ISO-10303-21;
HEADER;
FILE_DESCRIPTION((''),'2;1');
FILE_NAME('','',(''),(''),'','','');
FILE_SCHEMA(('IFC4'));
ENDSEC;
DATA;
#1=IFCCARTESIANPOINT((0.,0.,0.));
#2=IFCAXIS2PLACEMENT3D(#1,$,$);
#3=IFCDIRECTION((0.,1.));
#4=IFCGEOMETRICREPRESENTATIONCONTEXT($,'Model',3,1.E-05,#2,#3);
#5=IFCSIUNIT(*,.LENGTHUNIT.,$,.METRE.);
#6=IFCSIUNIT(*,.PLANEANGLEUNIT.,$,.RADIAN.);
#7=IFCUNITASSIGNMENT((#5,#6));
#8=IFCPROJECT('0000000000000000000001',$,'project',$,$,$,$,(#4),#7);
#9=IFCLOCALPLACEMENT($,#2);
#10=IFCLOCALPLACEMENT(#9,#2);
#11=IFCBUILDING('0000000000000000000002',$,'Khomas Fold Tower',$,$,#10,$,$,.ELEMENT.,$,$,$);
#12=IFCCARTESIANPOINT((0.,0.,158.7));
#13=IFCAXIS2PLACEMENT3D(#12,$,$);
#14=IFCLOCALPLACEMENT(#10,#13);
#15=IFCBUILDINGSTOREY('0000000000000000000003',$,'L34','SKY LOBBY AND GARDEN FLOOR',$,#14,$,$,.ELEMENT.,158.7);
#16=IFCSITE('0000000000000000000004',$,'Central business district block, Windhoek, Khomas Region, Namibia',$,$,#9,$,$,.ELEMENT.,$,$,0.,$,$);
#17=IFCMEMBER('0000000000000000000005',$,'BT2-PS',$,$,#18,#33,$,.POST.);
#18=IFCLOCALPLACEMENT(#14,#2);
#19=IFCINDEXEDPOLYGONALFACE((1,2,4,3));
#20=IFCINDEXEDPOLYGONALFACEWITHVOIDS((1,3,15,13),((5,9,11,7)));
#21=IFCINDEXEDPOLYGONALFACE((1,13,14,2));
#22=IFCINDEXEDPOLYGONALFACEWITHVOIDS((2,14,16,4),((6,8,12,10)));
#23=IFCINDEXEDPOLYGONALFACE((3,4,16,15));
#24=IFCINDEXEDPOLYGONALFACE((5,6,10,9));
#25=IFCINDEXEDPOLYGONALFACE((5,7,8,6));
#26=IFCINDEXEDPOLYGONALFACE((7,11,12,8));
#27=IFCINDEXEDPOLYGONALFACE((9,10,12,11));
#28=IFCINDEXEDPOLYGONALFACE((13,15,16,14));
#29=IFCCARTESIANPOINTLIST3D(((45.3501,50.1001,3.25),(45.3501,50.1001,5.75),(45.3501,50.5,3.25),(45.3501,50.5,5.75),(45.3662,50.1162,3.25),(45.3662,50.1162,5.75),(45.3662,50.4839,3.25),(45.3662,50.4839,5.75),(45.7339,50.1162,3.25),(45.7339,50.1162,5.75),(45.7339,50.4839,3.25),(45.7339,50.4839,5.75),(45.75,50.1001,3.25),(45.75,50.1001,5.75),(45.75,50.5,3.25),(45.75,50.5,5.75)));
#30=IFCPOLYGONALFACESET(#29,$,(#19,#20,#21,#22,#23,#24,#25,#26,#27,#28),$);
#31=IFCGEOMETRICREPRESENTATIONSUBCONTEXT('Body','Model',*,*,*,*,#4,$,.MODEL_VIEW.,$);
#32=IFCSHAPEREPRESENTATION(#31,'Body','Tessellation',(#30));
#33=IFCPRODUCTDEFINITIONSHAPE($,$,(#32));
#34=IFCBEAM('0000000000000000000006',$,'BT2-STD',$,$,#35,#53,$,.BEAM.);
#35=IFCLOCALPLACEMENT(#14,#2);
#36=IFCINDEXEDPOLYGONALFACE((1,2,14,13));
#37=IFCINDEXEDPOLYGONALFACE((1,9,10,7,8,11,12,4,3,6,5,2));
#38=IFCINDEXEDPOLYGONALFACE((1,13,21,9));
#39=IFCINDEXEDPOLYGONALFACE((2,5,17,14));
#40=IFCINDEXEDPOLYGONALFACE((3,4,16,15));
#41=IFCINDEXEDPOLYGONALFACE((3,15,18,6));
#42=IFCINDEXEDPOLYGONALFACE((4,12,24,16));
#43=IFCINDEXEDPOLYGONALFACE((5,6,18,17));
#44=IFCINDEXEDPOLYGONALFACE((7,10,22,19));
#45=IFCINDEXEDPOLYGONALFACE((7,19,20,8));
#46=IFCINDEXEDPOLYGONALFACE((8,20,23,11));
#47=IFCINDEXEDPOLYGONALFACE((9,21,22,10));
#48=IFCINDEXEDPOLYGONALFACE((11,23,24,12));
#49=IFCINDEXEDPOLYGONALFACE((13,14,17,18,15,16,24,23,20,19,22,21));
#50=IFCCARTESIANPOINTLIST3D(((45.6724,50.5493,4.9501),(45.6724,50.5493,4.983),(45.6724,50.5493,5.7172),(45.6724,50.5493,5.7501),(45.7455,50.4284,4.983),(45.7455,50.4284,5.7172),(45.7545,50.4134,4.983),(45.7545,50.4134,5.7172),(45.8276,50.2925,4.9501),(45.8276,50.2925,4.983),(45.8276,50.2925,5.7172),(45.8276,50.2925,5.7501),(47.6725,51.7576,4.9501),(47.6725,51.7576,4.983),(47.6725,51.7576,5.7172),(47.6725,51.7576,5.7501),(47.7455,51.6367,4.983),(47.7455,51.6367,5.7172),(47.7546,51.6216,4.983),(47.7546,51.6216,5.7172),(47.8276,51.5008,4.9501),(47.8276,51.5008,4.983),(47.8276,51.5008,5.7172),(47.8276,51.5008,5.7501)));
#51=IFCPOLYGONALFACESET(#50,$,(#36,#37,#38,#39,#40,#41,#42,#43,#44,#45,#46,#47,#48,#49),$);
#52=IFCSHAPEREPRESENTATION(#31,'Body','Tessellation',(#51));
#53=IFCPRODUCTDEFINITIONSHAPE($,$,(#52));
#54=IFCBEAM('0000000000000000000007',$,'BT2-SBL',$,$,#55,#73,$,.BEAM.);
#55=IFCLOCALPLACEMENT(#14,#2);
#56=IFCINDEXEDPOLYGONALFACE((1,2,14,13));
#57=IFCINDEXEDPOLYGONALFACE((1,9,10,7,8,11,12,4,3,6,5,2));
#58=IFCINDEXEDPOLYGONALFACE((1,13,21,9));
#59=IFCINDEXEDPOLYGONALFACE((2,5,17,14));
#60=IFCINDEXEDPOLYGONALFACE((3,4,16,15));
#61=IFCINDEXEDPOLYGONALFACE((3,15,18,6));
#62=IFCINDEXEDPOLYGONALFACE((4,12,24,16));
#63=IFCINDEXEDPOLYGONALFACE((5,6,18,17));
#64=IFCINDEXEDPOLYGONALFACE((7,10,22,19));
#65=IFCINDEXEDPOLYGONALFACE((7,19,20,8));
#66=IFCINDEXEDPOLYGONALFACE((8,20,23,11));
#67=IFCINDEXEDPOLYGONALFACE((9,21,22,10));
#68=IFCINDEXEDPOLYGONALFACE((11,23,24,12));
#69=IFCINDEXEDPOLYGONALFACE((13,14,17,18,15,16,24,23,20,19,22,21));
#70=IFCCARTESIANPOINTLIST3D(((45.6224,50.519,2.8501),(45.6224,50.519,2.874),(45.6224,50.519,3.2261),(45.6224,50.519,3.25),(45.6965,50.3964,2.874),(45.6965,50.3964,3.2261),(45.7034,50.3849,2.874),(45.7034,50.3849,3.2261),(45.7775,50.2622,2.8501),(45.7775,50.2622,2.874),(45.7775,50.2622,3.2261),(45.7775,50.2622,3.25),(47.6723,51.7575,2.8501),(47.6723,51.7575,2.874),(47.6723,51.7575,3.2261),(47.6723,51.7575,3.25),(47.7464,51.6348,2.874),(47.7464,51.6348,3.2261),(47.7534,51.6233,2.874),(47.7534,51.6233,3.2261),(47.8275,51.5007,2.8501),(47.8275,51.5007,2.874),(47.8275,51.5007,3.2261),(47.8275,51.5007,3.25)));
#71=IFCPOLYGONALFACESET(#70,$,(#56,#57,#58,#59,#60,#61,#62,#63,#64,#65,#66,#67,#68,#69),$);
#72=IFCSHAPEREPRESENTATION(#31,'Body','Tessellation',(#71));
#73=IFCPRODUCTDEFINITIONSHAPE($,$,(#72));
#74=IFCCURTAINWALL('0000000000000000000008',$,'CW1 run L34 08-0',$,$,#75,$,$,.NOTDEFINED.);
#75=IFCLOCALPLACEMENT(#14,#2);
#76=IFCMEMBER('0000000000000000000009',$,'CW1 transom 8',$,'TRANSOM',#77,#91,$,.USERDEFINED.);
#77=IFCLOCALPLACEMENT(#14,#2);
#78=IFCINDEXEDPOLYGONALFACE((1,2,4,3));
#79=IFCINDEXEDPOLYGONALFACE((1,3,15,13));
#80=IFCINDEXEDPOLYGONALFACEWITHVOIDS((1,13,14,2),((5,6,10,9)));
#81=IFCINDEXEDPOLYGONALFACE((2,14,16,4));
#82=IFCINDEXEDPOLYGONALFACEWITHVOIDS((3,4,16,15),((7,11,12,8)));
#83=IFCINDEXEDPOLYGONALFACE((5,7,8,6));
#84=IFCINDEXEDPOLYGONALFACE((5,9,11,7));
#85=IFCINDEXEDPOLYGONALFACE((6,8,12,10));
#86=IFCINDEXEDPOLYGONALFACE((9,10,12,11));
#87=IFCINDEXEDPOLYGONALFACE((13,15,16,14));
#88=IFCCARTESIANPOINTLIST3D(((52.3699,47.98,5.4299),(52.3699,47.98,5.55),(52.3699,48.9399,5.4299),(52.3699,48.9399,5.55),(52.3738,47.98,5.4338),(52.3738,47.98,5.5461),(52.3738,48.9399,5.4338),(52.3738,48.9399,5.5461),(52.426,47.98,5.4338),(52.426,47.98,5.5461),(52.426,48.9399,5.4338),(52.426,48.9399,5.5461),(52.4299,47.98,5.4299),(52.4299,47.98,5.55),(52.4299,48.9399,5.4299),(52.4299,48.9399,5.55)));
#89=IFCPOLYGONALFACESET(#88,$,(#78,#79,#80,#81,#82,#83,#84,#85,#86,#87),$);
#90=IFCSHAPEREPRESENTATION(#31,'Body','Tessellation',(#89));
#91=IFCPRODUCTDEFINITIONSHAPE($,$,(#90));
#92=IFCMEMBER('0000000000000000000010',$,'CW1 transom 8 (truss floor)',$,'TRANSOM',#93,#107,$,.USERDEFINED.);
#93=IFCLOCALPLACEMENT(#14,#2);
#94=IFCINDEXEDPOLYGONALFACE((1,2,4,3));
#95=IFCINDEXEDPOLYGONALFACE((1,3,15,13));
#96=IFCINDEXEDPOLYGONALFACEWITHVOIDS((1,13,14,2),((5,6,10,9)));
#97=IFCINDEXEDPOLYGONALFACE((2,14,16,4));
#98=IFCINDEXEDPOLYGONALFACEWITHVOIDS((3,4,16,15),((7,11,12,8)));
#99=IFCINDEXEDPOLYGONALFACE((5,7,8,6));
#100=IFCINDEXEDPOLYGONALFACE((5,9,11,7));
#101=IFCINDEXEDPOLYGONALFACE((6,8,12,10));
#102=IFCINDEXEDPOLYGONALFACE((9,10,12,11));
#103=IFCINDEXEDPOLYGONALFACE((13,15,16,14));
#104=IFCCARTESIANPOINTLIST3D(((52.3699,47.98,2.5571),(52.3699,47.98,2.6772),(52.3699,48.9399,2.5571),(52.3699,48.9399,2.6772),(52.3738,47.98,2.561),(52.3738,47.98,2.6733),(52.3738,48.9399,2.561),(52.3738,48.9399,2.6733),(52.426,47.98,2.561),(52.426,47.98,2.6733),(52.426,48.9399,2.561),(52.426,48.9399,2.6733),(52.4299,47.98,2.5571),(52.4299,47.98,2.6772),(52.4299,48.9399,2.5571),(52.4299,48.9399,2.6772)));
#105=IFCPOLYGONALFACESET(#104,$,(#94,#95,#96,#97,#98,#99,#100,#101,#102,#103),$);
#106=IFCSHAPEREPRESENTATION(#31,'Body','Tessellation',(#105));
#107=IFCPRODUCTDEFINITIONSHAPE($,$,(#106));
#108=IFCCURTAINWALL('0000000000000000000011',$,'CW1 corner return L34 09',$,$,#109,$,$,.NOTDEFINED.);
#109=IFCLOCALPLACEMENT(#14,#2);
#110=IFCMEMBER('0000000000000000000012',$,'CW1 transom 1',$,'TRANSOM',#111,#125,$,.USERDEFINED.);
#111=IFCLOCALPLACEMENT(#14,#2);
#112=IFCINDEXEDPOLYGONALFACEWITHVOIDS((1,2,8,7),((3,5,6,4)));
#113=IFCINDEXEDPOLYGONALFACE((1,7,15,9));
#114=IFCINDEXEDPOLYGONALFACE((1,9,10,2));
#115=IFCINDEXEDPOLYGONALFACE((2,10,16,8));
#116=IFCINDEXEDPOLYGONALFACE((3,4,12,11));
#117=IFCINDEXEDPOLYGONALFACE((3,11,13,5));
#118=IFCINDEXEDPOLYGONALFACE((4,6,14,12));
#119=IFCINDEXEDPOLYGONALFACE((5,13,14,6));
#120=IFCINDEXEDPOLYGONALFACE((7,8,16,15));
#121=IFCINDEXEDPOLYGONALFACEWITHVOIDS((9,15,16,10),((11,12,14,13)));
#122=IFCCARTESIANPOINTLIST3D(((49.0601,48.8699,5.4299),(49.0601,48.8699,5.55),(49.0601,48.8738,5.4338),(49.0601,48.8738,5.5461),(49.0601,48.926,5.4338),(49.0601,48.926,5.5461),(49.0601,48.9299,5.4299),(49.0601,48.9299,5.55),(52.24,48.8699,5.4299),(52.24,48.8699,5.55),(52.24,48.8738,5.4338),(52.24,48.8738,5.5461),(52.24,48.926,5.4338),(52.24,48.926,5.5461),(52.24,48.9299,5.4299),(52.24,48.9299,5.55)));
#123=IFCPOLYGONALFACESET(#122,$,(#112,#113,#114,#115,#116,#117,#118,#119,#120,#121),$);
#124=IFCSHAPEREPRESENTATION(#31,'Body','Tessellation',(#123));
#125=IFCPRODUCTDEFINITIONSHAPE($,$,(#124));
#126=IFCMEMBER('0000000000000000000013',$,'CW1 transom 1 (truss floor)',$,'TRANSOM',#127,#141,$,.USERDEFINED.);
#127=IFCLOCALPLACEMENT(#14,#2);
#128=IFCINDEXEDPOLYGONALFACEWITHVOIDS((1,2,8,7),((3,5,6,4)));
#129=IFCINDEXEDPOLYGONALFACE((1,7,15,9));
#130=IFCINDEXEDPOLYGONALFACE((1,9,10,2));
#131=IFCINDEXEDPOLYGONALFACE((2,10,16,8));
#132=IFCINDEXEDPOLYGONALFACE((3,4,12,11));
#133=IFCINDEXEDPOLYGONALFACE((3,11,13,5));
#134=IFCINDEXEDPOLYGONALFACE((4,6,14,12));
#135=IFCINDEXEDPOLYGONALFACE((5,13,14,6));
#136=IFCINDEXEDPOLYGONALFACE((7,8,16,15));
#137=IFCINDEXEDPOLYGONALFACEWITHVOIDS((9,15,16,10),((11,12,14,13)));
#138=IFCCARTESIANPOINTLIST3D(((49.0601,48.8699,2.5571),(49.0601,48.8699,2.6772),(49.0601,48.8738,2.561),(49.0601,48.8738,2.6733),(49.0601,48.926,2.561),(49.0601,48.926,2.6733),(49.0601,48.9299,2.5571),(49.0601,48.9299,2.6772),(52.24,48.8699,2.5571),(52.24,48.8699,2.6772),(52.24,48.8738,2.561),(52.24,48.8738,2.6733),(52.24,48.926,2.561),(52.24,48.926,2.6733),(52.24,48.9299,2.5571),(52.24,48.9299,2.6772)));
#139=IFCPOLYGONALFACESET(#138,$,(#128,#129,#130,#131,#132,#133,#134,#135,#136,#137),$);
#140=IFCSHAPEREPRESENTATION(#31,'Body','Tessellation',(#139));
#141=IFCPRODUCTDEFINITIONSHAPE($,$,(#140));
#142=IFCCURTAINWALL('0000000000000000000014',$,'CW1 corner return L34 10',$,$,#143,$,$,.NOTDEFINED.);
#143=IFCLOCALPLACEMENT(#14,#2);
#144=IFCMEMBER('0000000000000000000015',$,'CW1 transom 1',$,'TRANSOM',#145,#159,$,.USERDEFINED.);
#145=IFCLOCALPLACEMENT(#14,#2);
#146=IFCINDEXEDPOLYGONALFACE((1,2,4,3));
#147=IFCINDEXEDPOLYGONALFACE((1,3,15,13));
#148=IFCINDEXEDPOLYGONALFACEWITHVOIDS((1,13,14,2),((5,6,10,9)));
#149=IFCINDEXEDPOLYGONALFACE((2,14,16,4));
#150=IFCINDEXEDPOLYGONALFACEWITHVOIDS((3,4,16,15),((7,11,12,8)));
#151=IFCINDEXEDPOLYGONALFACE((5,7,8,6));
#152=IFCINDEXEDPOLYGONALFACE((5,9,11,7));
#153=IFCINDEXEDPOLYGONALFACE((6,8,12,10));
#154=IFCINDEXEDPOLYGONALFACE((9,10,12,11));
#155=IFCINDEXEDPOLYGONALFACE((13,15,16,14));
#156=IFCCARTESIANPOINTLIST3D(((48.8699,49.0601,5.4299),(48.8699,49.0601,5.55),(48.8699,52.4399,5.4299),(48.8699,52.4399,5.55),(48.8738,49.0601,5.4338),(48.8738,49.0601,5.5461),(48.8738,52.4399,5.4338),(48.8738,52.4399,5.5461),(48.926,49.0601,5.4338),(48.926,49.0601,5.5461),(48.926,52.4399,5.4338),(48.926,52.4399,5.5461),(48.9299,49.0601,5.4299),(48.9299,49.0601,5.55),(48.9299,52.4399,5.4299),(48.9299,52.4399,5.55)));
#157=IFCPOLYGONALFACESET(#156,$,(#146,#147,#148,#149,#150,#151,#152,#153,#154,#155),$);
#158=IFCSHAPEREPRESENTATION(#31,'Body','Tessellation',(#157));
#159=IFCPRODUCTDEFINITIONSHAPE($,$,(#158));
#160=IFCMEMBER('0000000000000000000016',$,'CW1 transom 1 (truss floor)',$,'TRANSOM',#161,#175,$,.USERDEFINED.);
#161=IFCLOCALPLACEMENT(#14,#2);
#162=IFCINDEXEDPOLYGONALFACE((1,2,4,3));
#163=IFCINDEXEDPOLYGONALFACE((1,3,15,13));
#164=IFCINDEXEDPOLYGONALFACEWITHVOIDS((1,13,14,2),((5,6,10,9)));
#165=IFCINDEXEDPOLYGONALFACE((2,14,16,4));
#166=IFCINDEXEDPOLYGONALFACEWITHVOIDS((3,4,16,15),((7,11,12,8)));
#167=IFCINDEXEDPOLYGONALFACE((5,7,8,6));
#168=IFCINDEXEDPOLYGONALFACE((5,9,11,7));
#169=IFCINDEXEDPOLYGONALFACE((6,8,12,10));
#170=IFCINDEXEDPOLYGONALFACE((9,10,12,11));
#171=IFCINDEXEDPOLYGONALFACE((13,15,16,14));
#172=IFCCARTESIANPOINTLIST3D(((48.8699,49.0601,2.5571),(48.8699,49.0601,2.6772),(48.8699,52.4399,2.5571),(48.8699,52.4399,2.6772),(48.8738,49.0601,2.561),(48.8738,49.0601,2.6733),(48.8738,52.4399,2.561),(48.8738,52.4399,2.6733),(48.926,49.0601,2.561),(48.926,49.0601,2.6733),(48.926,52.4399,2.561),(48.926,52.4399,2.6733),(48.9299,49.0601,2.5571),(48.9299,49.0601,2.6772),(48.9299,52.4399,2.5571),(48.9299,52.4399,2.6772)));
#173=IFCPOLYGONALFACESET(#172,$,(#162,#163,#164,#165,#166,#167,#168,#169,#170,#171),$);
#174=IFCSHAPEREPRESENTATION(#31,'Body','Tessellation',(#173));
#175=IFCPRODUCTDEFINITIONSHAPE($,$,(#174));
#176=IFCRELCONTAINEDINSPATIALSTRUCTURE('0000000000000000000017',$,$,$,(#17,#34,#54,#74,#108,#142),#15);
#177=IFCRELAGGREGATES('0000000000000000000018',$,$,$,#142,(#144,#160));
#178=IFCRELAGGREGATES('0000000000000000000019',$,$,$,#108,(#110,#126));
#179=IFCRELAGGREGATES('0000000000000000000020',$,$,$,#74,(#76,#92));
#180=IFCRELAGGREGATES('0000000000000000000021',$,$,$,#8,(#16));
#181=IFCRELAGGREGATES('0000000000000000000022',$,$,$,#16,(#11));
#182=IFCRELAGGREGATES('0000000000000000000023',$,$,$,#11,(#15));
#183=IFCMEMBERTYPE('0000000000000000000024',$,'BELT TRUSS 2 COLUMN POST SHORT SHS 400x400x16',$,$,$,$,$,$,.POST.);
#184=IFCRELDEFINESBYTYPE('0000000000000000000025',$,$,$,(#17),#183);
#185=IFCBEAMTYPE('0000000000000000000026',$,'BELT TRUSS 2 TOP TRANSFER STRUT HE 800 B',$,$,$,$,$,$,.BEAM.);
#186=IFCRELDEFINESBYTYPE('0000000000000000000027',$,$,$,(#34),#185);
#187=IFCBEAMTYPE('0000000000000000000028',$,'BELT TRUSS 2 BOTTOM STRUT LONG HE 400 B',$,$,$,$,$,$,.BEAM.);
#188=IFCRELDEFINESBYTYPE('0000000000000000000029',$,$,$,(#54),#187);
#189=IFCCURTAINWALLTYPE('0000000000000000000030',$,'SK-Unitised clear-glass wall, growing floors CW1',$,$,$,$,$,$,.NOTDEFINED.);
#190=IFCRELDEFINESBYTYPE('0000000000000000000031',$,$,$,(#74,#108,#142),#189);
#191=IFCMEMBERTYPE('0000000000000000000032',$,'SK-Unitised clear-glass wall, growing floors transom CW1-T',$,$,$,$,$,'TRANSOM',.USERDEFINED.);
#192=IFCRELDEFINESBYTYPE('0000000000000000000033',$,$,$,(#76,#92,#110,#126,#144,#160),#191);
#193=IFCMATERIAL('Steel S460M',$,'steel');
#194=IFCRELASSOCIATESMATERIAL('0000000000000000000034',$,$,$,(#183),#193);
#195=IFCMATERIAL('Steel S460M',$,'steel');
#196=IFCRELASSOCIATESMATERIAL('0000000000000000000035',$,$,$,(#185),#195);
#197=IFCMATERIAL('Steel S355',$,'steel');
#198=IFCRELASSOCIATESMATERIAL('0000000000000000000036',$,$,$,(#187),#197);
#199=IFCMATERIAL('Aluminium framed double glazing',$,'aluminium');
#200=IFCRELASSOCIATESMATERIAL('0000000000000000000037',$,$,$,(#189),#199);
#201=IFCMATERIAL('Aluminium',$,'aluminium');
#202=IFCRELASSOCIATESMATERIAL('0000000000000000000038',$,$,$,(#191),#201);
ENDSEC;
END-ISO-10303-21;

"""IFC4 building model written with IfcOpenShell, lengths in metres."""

from ifc_helpers import new_model, si_unit, direction, frame, origin, origin_2d, place, context, subcontext, project, spatial, hollow_rectangle, i_section, extrude, source, transform, mapped, material, material_profile, profile_set, type_object, element, aggregate, save


model = new_model("IFC4")

# Units and contexts
model_context = context("Model", 3, precision=1e-05, world=origin(), true_north=direction((0.0, 1.0)))
body_context = subcontext(model_context, "Body", "Model", "MODEL_VIEW")
ifc_project = project(units=[si_unit("LENGTHUNIT", "METRE"), si_unit("PLANEANGLEUNIT", "RADIAN")], contexts=[model_context])

# Site, building, storey
site_placement = place(None, origin())
site = spatial("IfcSite", under=ifc_project, at=site_placement, Name="Central business district block, Windhoek, Khomas Region, Namibia", CompositionType="ELEMENT", RefElevation=0.0)
building_placement = place(site_placement, origin())
building = spatial("IfcBuilding", under=site, at=building_placement, Name="Khomas Fold Tower", CompositionType="ELEMENT")
storey_placement = place(building_placement, frame((0.0, 0.0, 158.7)))
storey = spatial("IfcBuildingStorey", under=building, at=storey_placement, Name="L34", Description="SKY LOBBY AND GARDEN FLOOR", CompositionType="ELEMENT", Elevation=158.7)

# Member
ifc_material_1 = material(Name="Steel S460M", Category="steel")
ifc_material_profile_1 = material_profile(ifc_material_1, hollow_rectangle(XDim=0.3999, YDim=0.3999, WallThickness=0.0161, at=origin_2d()), Name="SHS 400x400x16")
ifc_profile_set_1 = profile_set([ifc_material_profile_1], Name="Steel S460M")
member_type_1 = type_object("IfcMemberType", Name="BELT TRUSS 2 COLUMN POST SHORT SHS 400x400x16", PredefinedType="POST", material=ifc_profile_set_1)
shared_shape_1 = source(origin(), body_context, "Body", "SweptSolid", [
    extrude(hollow_rectangle(XDim=0.3999, YDim=0.3999, WallThickness=0.0161, at=origin_2d()), origin(), (0.0, 0.0, 1.0), 2.5),
])
member_1_placement = place(storey_placement, frame((45.55, 50.3, 3.25), z_axis=(0.0, 0.0, 1.0), x_axis=(1.0, 0.0, 0.0)))
element("IfcMember", 1, at=member_1_placement, inside=storey, type_object=member_type_1, Name="BT2-PS", PredefinedType="POST", context=body_context, shape_type="MappedRepresentation", body=[
    mapped(shared_shape_1, transform((0.0, 0.0, 0.0))),
])

# Beams
ifc_material_2 = material(Name="Steel S460M", Category="steel")
ifc_material_profile_2 = material_profile(ifc_material_2, i_section(OverallWidth=0.3, OverallDepth=0.8, WebThickness=0.0176, FlangeThickness=0.033, at=origin_2d()), Name="HE 800 B")
ifc_profile_set_2 = profile_set([ifc_material_profile_2], Name="Steel S460M")
beam_type_1 = type_object("IfcBeamType", Name="BELT TRUSS 2 TOP TRANSFER STRUT HE 800 B", PredefinedType="BEAM", material=ifc_profile_set_2)
shared_shape_2 = source(origin(), body_context, "Body", "SweptSolid", [
    extrude(i_section(OverallWidth=0.3, OverallDepth=0.8, WebThickness=0.0176, FlangeThickness=0.033, at=origin_2d()), origin(), (0.0, 0.0, 1.0), 2.3367),
])
beam_1_placement = place(storey_placement, frame((45.75, 50.4209, 5.3501), z_axis=(0.855931, 0.51709, 0.0), x_axis=(-0.51709, 0.855931, 0.0)))
element("IfcBeam", 2, at=beam_1_placement, inside=storey, type_object=beam_type_1, Name="BT2-STD", PredefinedType="BEAM", context=body_context, shape_type="MappedRepresentation", body=[
    mapped(shared_shape_2, transform((0.0, 0.0, 0.0))),
])
ifc_material_3 = material(Name="Steel S355", Category="steel")
ifc_material_profile_3 = material_profile(ifc_material_3, i_section(OverallWidth=0.3, OverallDepth=0.3999, WebThickness=0.0134, FlangeThickness=0.0239, at=origin_2d()), Name="HE 400 B")
ifc_profile_set_3 = profile_set([ifc_material_profile_3], Name="Steel S355")
beam_type_2 = type_object("IfcBeamType", Name="BELT TRUSS 2 BOTTOM STRUT LONG HE 400 B", PredefinedType="BEAM", material=ifc_profile_set_3)
shared_shape_3 = source(origin(), body_context, "Body", "SweptSolid", [
    extrude(i_section(OverallWidth=0.3, OverallDepth=0.3999, WebThickness=0.0134, FlangeThickness=0.0239, at=origin_2d()), origin(), (0.0, 0.0, 1.0), 2.395),
])
beam_2_placement = place(storey_placement, frame((45.7, 50.3906, 3.05), z_axis=(0.855924, 0.517102, 0.0), x_axis=(-0.517102, 0.855924, 0.0)))
element("IfcBeam", 3, at=beam_2_placement, inside=storey, type_object=beam_type_2, Name="BT2-SBL", PredefinedType="BEAM", context=body_context, shape_type="MappedRepresentation", body=[
    mapped(shared_shape_3, transform((0.0, 0.0, 0.0))),
])

# Curtain walls, members
ifc_material_4 = material(Name="Aluminium framed double glazing", Category="aluminium")
curtain_wall_type = type_object("IfcCurtainWallType", Name="SK-Unitised clear-glass wall, growing floors CW1", PredefinedType="NOTDEFINED", material=ifc_material_4)
curtain_wall_1_placement = place(storey_placement, origin())
curtain_wall_1 = element("IfcCurtainWall", 4, at=curtain_wall_1_placement, inside=storey, type_object=curtain_wall_type, Name="CW1 run L34 08-0", PredefinedType="NOTDEFINED")
ifc_material_5 = material(Name="Aluminium", Category="aluminium")
ifc_material_profile_4 = material_profile(ifc_material_5, hollow_rectangle(XDim=0.0601, YDim=0.1201, WallThickness=0.0039, at=origin_2d()), Name="SK-Unitised clear-glass wall, growing floors transom CW1-T")
ifc_profile_set_4 = profile_set([ifc_material_profile_4], Name="Aluminium")
member_type_2 = type_object("IfcMemberType", Name="SK-Unitised clear-glass wall, growing floors transom CW1-T", ElementType="TRANSOM", PredefinedType="USERDEFINED", material=ifc_profile_set_4)
shared_shape_4 = source(origin(), body_context, "Body", "SweptSolid", [
    extrude(hollow_rectangle(XDim=0.0601, YDim=0.1201, WallThickness=0.0039, at=origin_2d()), origin(), (0.0, 0.0, 1.0), 0.96),
])
member_2_placement = place(storey_placement, frame((52.3999, 47.98, 5.49), z_axis=(0.0, 1.0, 0.0), x_axis=(-1.0, 0.0, 0.0)))
member_2 = element("IfcMember", 5, at=member_2_placement, type_object=member_type_2, Name="CW1 transom 8", ObjectType="TRANSOM", PredefinedType="USERDEFINED", context=body_context, shape_type="MappedRepresentation", body=[
    mapped(shared_shape_4, transform((0.0, 0.0, 0.0))),
])
member_3_placement = place(storey_placement, frame((52.3999, 47.98, 2.6172), z_axis=(0.0, 1.0, 0.0), x_axis=(-1.0, 0.0, 0.0)))
member_3 = element("IfcMember", 6, at=member_3_placement, type_object=member_type_2, Name="CW1 transom 8 (truss floor)", ObjectType="TRANSOM", PredefinedType="USERDEFINED", context=body_context, shape_type="MappedRepresentation", body=[
    mapped(shared_shape_4, transform((0.0, 0.0, 0.0))),
])
curtain_wall_2_placement = place(storey_placement, origin())
curtain_wall_2 = element("IfcCurtainWall", 7, at=curtain_wall_2_placement, inside=storey, type_object=curtain_wall_type, Name="CW1 corner return L34 09", PredefinedType="NOTDEFINED")
shared_shape_5 = source(origin(), body_context, "Body", "SweptSolid", [
    extrude(hollow_rectangle(XDim=0.0601, YDim=0.1201, WallThickness=0.0039, at=origin_2d()), origin(), (0.0, 0.0, 1.0), 3.1799),
])
member_4_placement = place(storey_placement, frame((52.24, 48.8999, 5.49), z_axis=(-1.0, 0.0, 0.0), x_axis=(0.0, -1.0, 0.0)))
member_4 = element("IfcMember", 8, at=member_4_placement, type_object=member_type_2, Name="CW1 transom 1", ObjectType="TRANSOM", PredefinedType="USERDEFINED", context=body_context, shape_type="MappedRepresentation", body=[
    mapped(shared_shape_5, transform((0.0, 0.0, 0.0))),
])
member_5_placement = place(storey_placement, frame((52.24, 48.8999, 2.6172), z_axis=(-1.0, 0.0, 0.0), x_axis=(0.0, -1.0, 0.0)))
member_5 = element("IfcMember", 9, at=member_5_placement, type_object=member_type_2, Name="CW1 transom 1 (truss floor)", ObjectType="TRANSOM", PredefinedType="USERDEFINED", context=body_context, shape_type="MappedRepresentation", body=[
    mapped(shared_shape_5, transform((0.0, 0.0, 0.0))),
])
curtain_wall_3_placement = place(storey_placement, origin())
curtain_wall_3 = element("IfcCurtainWall", 10, at=curtain_wall_3_placement, inside=storey, type_object=curtain_wall_type, Name="CW1 corner return L34 10", PredefinedType="NOTDEFINED")
shared_shape_6 = source(origin(), body_context, "Body", "SweptSolid", [
    extrude(hollow_rectangle(XDim=0.0601, YDim=0.1201, WallThickness=0.0039, at=origin_2d()), origin(), (0.0, 0.0, 1.0), 3.3799),
])
member_6_placement = place(storey_placement, frame((48.8999, 49.0601, 5.49), z_axis=(0.0, 1.0, 0.0), x_axis=(-1.0, 0.0, 0.0)))
member_6 = element("IfcMember", 11, at=member_6_placement, type_object=member_type_2, Name="CW1 transom 1", ObjectType="TRANSOM", PredefinedType="USERDEFINED", context=body_context, shape_type="MappedRepresentation", body=[
    mapped(shared_shape_6, transform((0.0, 0.0, 0.0))),
])
member_7_placement = place(storey_placement, frame((48.8999, 49.0601, 2.6172), z_axis=(0.0, 1.0, 0.0), x_axis=(-1.0, 0.0, 0.0)))
member_7 = element("IfcMember", 12, at=member_7_placement, type_object=member_type_2, Name="CW1 transom 1 (truss floor)", ObjectType="TRANSOM", PredefinedType="USERDEFINED", context=body_context, shape_type="MappedRepresentation", body=[
    mapped(shared_shape_6, transform((0.0, 0.0, 0.0))),
])

aggregate(curtain_wall_3, [member_6, member_7])
aggregate(curtain_wall_2, [member_4, member_5])
aggregate(curtain_wall_1, [member_2, member_3])

save(model, "model.ifc")
